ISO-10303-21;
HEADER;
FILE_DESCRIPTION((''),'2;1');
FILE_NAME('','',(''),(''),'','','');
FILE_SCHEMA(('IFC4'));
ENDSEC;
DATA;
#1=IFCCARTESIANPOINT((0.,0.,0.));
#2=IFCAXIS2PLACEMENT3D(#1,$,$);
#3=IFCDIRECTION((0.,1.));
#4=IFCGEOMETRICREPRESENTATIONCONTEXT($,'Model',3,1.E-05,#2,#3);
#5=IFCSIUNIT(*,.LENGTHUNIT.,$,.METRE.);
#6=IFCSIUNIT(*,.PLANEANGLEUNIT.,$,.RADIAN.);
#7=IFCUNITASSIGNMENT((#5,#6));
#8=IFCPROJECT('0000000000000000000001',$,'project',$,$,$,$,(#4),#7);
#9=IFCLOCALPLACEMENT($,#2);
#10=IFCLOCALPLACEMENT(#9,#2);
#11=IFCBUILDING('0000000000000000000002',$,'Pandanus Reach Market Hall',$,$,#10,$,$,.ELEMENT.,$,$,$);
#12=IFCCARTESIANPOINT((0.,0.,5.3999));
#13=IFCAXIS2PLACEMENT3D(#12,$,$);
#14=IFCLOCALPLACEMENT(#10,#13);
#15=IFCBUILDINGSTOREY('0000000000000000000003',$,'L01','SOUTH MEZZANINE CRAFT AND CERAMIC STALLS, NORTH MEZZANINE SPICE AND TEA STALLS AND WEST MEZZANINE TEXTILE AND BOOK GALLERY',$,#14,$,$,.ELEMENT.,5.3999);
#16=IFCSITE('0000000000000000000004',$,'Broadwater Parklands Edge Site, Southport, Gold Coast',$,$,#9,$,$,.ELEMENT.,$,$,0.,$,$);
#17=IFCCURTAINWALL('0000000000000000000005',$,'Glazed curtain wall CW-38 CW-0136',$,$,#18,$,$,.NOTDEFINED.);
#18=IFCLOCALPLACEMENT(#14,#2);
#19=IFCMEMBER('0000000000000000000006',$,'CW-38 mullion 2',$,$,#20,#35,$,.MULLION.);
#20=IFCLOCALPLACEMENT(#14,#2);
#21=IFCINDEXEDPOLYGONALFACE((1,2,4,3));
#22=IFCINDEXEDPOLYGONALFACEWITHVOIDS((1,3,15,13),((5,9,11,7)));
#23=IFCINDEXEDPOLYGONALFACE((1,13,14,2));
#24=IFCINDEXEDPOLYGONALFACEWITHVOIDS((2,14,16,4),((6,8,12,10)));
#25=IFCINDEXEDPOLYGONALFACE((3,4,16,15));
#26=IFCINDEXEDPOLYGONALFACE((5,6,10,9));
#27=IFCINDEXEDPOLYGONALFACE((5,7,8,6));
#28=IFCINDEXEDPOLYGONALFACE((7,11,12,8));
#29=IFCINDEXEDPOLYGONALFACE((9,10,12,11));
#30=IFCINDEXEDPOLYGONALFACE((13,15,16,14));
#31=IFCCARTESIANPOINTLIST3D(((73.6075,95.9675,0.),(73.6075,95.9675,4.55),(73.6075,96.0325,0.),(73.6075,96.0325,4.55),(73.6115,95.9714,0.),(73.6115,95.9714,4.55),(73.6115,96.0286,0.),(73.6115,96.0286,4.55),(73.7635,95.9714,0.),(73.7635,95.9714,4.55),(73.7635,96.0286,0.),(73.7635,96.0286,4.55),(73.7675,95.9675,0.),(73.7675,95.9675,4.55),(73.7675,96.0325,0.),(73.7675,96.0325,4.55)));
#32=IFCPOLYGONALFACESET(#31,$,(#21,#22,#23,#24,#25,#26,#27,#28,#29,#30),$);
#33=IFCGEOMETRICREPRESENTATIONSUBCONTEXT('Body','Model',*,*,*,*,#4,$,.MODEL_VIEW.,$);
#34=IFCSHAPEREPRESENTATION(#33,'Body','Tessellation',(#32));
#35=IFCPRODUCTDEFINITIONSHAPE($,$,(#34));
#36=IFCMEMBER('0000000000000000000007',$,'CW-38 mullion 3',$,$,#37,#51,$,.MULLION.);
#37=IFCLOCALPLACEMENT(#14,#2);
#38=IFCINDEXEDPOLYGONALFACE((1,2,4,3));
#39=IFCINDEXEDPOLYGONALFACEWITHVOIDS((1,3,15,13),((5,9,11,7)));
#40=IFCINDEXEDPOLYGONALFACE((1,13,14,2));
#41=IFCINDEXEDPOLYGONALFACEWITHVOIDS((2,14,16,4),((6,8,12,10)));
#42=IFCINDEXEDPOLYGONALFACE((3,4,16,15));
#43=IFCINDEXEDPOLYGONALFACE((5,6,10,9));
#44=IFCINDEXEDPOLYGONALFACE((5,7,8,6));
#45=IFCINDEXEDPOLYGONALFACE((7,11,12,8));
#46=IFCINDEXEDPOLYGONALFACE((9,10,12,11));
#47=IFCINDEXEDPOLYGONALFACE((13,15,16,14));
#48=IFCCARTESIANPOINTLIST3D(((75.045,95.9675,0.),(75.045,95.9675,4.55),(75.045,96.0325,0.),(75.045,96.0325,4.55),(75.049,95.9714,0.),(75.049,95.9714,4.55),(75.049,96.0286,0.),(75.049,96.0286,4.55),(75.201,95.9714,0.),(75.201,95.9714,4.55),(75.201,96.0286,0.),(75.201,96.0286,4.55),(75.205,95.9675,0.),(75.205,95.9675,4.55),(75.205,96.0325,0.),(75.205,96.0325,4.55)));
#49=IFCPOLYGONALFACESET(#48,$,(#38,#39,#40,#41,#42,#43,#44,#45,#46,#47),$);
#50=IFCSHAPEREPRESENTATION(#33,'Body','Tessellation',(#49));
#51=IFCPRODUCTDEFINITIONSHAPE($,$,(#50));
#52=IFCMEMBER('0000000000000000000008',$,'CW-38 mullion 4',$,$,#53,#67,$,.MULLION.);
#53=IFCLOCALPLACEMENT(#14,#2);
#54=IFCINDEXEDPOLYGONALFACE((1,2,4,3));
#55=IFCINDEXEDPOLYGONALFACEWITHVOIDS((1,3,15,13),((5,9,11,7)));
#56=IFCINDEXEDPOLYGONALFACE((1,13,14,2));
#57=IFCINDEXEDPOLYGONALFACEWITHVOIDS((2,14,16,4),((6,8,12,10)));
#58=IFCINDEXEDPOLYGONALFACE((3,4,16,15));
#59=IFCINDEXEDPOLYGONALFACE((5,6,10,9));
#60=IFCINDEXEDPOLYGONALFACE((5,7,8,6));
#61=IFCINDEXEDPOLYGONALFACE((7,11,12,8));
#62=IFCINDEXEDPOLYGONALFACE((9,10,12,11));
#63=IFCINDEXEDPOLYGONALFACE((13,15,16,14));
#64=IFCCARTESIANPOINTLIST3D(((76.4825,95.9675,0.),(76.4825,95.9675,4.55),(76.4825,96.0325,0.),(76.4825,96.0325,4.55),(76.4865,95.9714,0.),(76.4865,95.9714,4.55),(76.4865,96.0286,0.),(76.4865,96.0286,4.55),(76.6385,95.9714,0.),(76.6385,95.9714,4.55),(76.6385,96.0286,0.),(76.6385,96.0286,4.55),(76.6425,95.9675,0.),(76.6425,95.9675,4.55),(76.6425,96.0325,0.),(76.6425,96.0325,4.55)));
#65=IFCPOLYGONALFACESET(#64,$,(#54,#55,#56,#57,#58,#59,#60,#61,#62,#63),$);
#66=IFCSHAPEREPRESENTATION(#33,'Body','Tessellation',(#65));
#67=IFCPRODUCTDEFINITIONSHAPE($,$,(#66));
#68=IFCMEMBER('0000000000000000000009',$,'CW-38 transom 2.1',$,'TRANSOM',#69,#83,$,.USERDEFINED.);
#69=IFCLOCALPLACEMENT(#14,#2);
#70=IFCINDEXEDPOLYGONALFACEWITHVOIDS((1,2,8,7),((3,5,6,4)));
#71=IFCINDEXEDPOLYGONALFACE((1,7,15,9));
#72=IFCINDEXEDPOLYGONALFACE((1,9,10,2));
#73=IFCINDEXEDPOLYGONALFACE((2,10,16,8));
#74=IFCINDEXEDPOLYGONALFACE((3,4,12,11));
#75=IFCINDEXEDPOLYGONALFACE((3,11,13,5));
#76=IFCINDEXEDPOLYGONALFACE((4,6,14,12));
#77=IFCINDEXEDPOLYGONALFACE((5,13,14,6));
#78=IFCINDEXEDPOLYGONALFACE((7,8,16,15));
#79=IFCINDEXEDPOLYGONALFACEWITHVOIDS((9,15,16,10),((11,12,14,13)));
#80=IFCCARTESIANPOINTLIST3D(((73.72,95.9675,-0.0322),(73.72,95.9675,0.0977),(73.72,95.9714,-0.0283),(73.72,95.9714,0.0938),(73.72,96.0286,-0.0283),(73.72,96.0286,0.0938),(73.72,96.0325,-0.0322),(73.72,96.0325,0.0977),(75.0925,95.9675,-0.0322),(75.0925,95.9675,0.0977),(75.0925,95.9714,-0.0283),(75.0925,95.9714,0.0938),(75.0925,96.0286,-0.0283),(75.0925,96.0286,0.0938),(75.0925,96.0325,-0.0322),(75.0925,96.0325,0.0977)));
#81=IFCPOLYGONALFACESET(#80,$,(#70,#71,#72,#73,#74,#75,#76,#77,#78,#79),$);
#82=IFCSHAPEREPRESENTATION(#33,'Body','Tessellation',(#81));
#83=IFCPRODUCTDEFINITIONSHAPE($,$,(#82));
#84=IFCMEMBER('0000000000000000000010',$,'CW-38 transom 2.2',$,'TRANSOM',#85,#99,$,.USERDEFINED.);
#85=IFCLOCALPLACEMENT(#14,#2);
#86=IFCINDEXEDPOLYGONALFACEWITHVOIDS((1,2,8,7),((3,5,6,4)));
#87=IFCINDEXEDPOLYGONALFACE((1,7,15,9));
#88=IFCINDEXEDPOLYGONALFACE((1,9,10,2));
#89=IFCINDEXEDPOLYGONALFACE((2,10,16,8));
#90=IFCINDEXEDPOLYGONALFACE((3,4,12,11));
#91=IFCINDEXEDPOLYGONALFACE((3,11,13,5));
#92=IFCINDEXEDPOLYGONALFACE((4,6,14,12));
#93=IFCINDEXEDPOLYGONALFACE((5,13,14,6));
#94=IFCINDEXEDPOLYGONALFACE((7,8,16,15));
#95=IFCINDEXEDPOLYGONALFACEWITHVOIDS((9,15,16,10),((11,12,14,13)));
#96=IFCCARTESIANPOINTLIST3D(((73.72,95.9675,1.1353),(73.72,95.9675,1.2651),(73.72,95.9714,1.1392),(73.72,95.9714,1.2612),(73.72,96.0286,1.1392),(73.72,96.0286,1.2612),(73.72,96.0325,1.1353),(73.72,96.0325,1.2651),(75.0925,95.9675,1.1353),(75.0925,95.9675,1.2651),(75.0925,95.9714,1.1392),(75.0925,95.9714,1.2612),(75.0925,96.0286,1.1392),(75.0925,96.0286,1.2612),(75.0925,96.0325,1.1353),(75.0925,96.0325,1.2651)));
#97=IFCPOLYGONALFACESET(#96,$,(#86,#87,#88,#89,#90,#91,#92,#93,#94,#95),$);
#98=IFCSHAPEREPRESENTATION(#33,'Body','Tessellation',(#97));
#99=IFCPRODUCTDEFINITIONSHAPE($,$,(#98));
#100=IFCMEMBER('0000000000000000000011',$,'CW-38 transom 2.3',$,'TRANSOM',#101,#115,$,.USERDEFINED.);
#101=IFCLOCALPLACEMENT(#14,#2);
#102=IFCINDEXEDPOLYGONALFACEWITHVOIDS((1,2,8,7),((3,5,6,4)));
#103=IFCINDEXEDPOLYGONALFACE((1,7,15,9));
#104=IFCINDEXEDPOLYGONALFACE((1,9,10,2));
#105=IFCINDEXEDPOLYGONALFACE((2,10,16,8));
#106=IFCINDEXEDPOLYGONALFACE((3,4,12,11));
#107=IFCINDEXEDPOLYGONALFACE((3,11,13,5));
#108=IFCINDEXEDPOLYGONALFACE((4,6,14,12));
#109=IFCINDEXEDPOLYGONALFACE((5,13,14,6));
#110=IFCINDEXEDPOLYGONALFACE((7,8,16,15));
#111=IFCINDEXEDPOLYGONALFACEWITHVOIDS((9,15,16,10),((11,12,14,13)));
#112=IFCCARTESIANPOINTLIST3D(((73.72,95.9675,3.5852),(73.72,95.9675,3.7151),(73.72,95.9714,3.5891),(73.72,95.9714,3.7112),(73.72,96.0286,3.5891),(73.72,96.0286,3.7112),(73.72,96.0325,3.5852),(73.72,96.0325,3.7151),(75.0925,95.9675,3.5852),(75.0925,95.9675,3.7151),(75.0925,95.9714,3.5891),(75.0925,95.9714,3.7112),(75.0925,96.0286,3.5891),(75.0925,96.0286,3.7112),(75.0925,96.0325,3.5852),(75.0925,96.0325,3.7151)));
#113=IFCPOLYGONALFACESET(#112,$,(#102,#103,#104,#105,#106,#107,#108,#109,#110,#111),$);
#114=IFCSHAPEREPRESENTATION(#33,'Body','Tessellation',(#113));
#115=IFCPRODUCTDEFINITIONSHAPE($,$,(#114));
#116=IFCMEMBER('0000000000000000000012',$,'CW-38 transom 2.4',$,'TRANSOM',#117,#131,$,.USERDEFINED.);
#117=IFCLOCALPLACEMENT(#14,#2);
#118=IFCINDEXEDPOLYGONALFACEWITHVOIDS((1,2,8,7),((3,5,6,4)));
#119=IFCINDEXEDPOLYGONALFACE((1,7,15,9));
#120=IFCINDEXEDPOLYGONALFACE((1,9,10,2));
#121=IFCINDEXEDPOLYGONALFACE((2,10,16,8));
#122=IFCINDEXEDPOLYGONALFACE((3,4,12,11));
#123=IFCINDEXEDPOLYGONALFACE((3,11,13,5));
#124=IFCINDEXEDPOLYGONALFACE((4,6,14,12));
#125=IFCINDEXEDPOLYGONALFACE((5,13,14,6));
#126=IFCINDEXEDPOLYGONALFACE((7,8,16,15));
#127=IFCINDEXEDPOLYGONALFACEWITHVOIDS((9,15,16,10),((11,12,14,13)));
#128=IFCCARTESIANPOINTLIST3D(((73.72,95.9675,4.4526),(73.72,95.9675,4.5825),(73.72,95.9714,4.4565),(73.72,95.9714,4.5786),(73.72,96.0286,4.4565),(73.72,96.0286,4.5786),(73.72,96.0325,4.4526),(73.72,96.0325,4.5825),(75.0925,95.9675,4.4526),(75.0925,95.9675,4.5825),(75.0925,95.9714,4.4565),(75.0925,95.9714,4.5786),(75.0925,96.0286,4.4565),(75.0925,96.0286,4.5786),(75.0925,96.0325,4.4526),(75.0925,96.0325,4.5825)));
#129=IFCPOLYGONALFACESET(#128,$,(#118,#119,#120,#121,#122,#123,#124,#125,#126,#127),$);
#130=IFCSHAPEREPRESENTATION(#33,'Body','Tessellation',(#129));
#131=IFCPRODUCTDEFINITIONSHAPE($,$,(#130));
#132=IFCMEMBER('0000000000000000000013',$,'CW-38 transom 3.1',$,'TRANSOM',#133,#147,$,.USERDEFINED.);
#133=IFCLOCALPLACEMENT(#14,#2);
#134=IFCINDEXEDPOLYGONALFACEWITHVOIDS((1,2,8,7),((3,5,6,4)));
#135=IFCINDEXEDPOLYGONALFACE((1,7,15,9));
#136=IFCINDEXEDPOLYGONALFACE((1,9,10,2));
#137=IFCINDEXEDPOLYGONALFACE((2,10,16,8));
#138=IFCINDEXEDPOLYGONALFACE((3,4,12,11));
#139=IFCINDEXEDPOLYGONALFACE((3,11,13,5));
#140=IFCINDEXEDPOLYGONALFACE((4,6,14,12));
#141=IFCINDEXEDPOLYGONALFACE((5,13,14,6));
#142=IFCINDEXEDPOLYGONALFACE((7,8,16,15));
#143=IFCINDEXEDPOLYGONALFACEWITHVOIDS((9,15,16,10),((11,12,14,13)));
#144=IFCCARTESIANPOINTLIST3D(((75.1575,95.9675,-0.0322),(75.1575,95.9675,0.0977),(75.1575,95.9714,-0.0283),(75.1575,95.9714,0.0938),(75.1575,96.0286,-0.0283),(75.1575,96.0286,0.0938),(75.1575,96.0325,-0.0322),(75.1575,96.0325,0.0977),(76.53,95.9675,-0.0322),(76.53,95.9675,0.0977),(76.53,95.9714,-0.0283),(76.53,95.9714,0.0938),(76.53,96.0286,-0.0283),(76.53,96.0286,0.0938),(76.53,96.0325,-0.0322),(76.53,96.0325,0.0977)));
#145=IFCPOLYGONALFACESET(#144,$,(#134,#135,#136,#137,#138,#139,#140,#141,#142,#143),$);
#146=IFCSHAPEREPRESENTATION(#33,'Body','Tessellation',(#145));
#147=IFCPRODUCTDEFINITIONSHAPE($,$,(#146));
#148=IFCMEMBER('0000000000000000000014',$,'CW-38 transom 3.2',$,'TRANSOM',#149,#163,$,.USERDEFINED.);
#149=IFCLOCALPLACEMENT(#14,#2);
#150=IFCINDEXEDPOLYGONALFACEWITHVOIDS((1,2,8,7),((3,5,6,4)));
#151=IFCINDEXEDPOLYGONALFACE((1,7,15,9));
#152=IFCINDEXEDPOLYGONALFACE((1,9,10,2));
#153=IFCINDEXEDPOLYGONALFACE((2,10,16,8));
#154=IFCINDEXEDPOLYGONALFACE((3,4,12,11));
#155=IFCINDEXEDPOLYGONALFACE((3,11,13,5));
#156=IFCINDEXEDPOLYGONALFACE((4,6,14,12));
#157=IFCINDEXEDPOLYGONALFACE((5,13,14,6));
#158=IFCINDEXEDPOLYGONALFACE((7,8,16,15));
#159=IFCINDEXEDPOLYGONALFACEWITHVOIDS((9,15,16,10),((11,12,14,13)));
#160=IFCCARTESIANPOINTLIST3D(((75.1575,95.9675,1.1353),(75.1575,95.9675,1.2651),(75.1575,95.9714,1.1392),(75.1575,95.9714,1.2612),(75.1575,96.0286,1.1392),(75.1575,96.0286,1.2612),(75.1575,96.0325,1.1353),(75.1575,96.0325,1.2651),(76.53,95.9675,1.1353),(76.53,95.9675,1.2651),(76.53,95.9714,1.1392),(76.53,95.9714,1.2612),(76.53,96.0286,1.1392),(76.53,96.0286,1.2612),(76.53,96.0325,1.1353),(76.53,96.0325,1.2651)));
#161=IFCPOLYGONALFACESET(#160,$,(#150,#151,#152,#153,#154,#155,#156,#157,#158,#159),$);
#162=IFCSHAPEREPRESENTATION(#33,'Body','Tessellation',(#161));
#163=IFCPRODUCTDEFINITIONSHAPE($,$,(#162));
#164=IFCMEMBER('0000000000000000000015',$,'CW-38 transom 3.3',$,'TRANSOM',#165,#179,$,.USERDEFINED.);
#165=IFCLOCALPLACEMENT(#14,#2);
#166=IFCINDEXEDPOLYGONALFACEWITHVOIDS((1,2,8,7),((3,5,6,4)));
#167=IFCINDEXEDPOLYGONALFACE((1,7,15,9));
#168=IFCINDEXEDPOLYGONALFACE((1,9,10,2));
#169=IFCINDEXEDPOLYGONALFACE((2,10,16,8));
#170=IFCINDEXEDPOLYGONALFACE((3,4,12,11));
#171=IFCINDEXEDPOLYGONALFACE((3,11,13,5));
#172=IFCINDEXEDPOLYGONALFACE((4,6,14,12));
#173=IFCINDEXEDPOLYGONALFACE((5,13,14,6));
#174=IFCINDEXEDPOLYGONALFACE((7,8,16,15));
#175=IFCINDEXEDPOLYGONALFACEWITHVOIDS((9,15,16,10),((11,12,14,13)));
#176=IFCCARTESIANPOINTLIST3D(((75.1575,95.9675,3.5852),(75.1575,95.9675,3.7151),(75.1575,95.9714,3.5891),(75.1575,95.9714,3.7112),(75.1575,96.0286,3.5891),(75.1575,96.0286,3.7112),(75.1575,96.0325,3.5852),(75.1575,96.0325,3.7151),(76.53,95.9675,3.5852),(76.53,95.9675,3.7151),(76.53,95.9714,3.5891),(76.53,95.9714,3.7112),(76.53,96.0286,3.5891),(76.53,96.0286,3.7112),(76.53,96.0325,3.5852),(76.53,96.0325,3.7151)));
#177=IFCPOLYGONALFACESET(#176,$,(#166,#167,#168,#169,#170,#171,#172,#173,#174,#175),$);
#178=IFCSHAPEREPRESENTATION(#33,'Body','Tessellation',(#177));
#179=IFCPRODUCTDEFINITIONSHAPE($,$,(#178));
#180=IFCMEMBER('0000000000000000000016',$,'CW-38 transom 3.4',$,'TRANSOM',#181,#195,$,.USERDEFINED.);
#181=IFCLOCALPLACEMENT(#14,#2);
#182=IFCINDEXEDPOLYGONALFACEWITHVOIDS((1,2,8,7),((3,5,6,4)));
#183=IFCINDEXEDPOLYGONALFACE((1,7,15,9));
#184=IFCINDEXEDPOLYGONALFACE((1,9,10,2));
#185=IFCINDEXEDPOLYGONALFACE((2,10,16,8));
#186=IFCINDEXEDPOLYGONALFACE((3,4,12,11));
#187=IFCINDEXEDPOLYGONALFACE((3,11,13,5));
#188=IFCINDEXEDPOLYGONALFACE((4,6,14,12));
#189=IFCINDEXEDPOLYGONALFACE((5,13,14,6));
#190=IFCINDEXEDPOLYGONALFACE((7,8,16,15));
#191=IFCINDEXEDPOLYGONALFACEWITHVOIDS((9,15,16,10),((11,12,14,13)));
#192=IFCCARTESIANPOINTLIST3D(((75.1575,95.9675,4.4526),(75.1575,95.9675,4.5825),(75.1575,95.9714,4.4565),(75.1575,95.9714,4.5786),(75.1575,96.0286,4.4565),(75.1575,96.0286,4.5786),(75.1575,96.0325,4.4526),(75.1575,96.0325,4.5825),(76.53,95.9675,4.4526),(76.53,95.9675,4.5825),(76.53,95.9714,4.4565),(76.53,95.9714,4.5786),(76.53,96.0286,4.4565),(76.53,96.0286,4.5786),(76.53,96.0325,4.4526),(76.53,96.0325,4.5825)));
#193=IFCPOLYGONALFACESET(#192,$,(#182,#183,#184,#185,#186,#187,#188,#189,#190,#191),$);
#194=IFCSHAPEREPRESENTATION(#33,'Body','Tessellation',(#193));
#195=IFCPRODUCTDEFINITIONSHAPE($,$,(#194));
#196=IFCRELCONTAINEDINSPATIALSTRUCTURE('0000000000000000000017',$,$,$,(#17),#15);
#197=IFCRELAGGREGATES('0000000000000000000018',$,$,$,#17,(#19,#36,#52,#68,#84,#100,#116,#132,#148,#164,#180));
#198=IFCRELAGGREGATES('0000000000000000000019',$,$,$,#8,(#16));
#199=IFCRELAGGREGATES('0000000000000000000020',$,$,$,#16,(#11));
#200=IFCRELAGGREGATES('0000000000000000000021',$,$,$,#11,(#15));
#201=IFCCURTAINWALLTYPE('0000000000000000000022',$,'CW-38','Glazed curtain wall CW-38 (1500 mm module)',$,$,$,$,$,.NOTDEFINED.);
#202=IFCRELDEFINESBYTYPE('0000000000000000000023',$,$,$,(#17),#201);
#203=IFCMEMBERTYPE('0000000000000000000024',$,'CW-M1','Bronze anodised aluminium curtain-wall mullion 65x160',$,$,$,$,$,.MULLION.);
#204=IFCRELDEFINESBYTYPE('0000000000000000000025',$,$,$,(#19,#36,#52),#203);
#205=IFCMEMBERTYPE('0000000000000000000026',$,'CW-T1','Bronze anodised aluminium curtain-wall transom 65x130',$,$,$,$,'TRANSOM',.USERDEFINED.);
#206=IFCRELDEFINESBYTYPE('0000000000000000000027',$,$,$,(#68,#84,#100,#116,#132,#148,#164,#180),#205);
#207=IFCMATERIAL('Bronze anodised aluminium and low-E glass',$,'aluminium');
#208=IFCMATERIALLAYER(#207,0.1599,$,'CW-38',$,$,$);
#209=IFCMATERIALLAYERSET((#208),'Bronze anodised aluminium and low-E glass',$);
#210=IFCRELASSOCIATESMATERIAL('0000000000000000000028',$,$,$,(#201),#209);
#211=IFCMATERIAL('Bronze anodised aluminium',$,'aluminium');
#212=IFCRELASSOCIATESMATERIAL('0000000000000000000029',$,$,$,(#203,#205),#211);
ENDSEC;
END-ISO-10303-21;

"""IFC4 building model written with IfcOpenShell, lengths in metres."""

from ifc_helpers import new_model, si_unit, direction, frame, origin, origin_2d, place, context, subcontext, project, spatial, hollow_rectangle, extrude, material, layer, layer_set, material_profile, profile_set, type_object, element, aggregate, save


model = new_model("IFC4")

# Units and contexts
model_context = context("Model", 3, precision=1e-05, world=origin(), true_north=direction((0.0, 1.0)))
body_context = subcontext(model_context, "Body", "Model", "MODEL_VIEW")
ifc_project = project(units=[si_unit("LENGTHUNIT", "METRE"), si_unit("PLANEANGLEUNIT", "RADIAN")], contexts=[model_context])

# Site, building, storey
site_placement = place(None, origin())
site = spatial("IfcSite", under=ifc_project, at=site_placement, Name="Broadwater Parklands Edge Site, Southport, Gold Coast", CompositionType="ELEMENT", RefElevation=0.0)
building_placement = place(site_placement, origin())
building = spatial("IfcBuilding", under=site, at=building_placement, Name="Pandanus Reach Market Hall", CompositionType="ELEMENT")
storey_placement = place(building_placement, frame((0.0, 0.0, 5.3999)))
storey = spatial("IfcBuildingStorey", under=building, at=storey_placement, Name="L01", Description="SOUTH MEZZANINE CRAFT AND CERAMIC STALLS, NORTH MEZZANINE SPICE AND TEA STALLS AND WEST MEZZANINE TEXTILE AND BOOK GALLERY", CompositionType="ELEMENT", Elevation=5.3999)

# Curtain wall, members
ifc_material_1 = material(Name="Bronze anodised aluminium and low-E glass", Category="aluminium")
ifc_layer_1 = layer(ifc_material_1, 0.1599, Name="CW-38")
ifc_layer_set_1 = layer_set([ifc_layer_1], Name="Bronze anodised aluminium and low-E glass")
curtain_wall_type = type_object("IfcCurtainWallType", Name="CW-38", Description="Glazed curtain wall CW-38 (1500 mm module)", PredefinedType="NOTDEFINED", material=ifc_layer_set_1)
curtain_wall_placement = place(storey_placement, origin())
curtain_wall = element("IfcCurtainWall", 1, at=curtain_wall_placement, inside=storey, type_object=curtain_wall_type, Name="Glazed curtain wall CW-38 CW-0136", PredefinedType="NOTDEFINED")
ifc_material_2 = material(Name="Bronze anodised aluminium", Category="aluminium")
ifc_material_profile_1 = material_profile(ifc_material_2, hollow_rectangle(XDim=0.0649, YDim=0.1599, WallThickness=0.0039, at=origin_2d()), Name="ALU65x160", Category="LoadBearing")
ifc_profile_set_1 = profile_set([ifc_material_profile_1], Name="Bronze anodised aluminium")
member_type_1 = type_object("IfcMemberType", Name="CW-M1", Description="Bronze anodised aluminium curtain-wall mullion 65x160", PredefinedType="MULLION", material=ifc_profile_set_1)
member_1_placement = place(storey_placement, frame((73.6875, 96.0, 0.0), z_axis=(0.0, 0.0, 1.0), x_axis=(0.0, 1.0, 0.0)))
member_1 = element("IfcMember", 2, at=member_1_placement, type_object=member_type_1, Name="CW-38 mullion 2", PredefinedType="MULLION", context=body_context, shape_type="SweptSolid", body=[
    extrude(hollow_rectangle(XDim=0.0649, YDim=0.1599, WallThickness=0.0039, at=origin_2d()), origin(), (0.0, 0.0, 1.0), 4.55),
])
member_2_placement = place(storey_placement, frame((75.125, 96.0, 0.0), z_axis=(0.0, 0.0, 1.0), x_axis=(0.0, 1.0, 0.0)))
member_2 = element("IfcMember", 3, at=member_2_placement, type_object=member_type_1, Name="CW-38 mullion 3", PredefinedType="MULLION", context=body_context, shape_type="SweptSolid", body=[
    extrude(hollow_rectangle(XDim=0.0649, YDim=0.1599, WallThickness=0.0039, at=origin_2d()), origin(), (0.0, 0.0, 1.0), 4.55),
])
member_3_placement = place(storey_placement, frame((76.5625, 96.0, 0.0), z_axis=(0.0, 0.0, 1.0), x_axis=(0.0, 1.0, 0.0)))
member_3 = element("IfcMember", 4, at=member_3_placement, type_object=member_type_1, Name="CW-38 mullion 4", PredefinedType="MULLION", context=body_context, shape_type="SweptSolid", body=[
    extrude(hollow_rectangle(XDim=0.0649, YDim=0.1599, WallThickness=0.0039, at=origin_2d()), origin(), (0.0, 0.0, 1.0), 4.55),
])
ifc_material_profile_2 = material_profile(ifc_material_2, hollow_rectangle(XDim=0.0649, YDim=0.1299, WallThickness=0.0039, at=origin_2d()), Name="ALU65x130", Category="LoadBearing")
ifc_profile_set_2 = profile_set([ifc_material_profile_2], Name="Bronze anodised aluminium")
member_type_2 = type_object("IfcMemberType", Name="CW-T1", Description="Bronze anodised aluminium curtain-wall transom 65x130", ElementType="TRANSOM", PredefinedType="USERDEFINED", material=ifc_profile_set_2)
member_4_placement = place(storey_placement, frame((73.72, 96.0, 0.0327), z_axis=(1.0, 0.0, 0.0), x_axis=(0.0, 1.0, 0.0)))
member_4 = element("IfcMember", 5, at=member_4_placement, type_object=member_type_2, Name="CW-38 transom 2.1", ObjectType="TRANSOM", PredefinedType="USERDEFINED", context=body_context, shape_type="SweptSolid", body=[
    extrude(hollow_rectangle(XDim=0.0649, YDim=0.1299, WallThickness=0.0039, at=origin_2d()), origin(), (0.0, 0.0, 1.0), 1.3726),
])
member_5_placement = place(storey_placement, frame((73.72, 96.0, 1.2002), z_axis=(1.0, 0.0, 0.0), x_axis=(0.0, 1.0, 0.0)))
member_5 = element("IfcMember", 6, at=member_5_placement, type_object=member_type_2, Name="CW-38 transom 2.2", ObjectType="TRANSOM", PredefinedType="USERDEFINED", context=body_context, shape_type="SweptSolid", body=[
    extrude(hollow_rectangle(XDim=0.0649, YDim=0.1299, WallThickness=0.0039, at=origin_2d()), origin(), (0.0, 0.0, 1.0), 1.3726),
])
member_6_placement = place(storey_placement, frame((73.72, 96.0, 3.6501), z_axis=(1.0, 0.0, 0.0), x_axis=(0.0, 1.0, 0.0)))
member_6 = element("IfcMember", 7, at=member_6_placement, type_object=member_type_2, Name="CW-38 transom 2.3", ObjectType="TRANSOM", PredefinedType="USERDEFINED", context=body_context, shape_type="SweptSolid", body=[
    extrude(hollow_rectangle(XDim=0.0649, YDim=0.1299, WallThickness=0.0039, at=origin_2d()), origin(), (0.0, 0.0, 1.0), 1.3726),
])
member_7_placement = place(storey_placement, frame((73.72, 96.0, 4.5176), z_axis=(1.0, 0.0, 0.0), x_axis=(0.0, 1.0, 0.0)))
member_7 = element("IfcMember", 8, at=member_7_placement, type_object=member_type_2, Name="CW-38 transom 2.4", ObjectType="TRANSOM", PredefinedType="USERDEFINED", context=body_context, shape_type="SweptSolid", body=[
    extrude(hollow_rectangle(XDim=0.0649, YDim=0.1299, WallThickness=0.0039, at=origin_2d()), origin(), (0.0, 0.0, 1.0), 1.3726),
])
member_8_placement = place(storey_placement, frame((75.1575, 96.0, 0.0327), z_axis=(1.0, 0.0, 0.0), x_axis=(0.0, 1.0, 0.0)))
member_8 = element("IfcMember", 9, at=member_8_placement, type_object=member_type_2, Name="CW-38 transom 3.1", ObjectType="TRANSOM", PredefinedType="USERDEFINED", context=body_context, shape_type="SweptSolid", body=[
    extrude(hollow_rectangle(XDim=0.0649, YDim=0.1299, WallThickness=0.0039, at=origin_2d()), origin(), (0.0, 0.0, 1.0), 1.3726),
])
member_9_placement = place(storey_placement, frame((75.1575, 96.0, 1.2002), z_axis=(1.0, 0.0, 0.0), x_axis=(0.0, 1.0, 0.0)))
member_9 = element("IfcMember", 10, at=member_9_placement, type_object=member_type_2, Name="CW-38 transom 3.2", ObjectType="TRANSOM", PredefinedType="USERDEFINED", context=body_context, shape_type="SweptSolid", body=[
    extrude(hollow_rectangle(XDim=0.0649, YDim=0.1299, WallThickness=0.0039, at=origin_2d()), origin(), (0.0, 0.0, 1.0), 1.3726),
])
member_10_placement = place(storey_placement, frame((75.1575, 96.0, 3.6501), z_axis=(1.0, 0.0, 0.0), x_axis=(0.0, 1.0, 0.0)))
member_10 = element("IfcMember", 11, at=member_10_placement, type_object=member_type_2, Name="CW-38 transom 3.3", ObjectType="TRANSOM", PredefinedType="USERDEFINED", context=body_context, shape_type="SweptSolid", body=[
    extrude(hollow_rectangle(XDim=0.0649, YDim=0.1299, WallThickness=0.0039, at=origin_2d()), origin(), (0.0, 0.0, 1.0), 1.3726),
])
member_11_placement = place(storey_placement, frame((75.1575, 96.0, 4.5176), z_axis=(1.0, 0.0, 0.0), x_axis=(0.0, 1.0, 0.0)))
member_11 = element("IfcMember", 12, at=member_11_placement, type_object=member_type_2, Name="CW-38 transom 3.4", ObjectType="TRANSOM", PredefinedType="USERDEFINED", context=body_context, shape_type="SweptSolid", body=[
    extrude(hollow_rectangle(XDim=0.0649, YDim=0.1299, WallThickness=0.0039, at=origin_2d()), origin(), (0.0, 0.0, 1.0), 1.3726),
])
aggregate(curtain_wall, [member_1, member_2, member_3, member_4, member_5, member_6, member_7, member_8, member_9, member_10, member_11])

save(model, "model.ifc")
